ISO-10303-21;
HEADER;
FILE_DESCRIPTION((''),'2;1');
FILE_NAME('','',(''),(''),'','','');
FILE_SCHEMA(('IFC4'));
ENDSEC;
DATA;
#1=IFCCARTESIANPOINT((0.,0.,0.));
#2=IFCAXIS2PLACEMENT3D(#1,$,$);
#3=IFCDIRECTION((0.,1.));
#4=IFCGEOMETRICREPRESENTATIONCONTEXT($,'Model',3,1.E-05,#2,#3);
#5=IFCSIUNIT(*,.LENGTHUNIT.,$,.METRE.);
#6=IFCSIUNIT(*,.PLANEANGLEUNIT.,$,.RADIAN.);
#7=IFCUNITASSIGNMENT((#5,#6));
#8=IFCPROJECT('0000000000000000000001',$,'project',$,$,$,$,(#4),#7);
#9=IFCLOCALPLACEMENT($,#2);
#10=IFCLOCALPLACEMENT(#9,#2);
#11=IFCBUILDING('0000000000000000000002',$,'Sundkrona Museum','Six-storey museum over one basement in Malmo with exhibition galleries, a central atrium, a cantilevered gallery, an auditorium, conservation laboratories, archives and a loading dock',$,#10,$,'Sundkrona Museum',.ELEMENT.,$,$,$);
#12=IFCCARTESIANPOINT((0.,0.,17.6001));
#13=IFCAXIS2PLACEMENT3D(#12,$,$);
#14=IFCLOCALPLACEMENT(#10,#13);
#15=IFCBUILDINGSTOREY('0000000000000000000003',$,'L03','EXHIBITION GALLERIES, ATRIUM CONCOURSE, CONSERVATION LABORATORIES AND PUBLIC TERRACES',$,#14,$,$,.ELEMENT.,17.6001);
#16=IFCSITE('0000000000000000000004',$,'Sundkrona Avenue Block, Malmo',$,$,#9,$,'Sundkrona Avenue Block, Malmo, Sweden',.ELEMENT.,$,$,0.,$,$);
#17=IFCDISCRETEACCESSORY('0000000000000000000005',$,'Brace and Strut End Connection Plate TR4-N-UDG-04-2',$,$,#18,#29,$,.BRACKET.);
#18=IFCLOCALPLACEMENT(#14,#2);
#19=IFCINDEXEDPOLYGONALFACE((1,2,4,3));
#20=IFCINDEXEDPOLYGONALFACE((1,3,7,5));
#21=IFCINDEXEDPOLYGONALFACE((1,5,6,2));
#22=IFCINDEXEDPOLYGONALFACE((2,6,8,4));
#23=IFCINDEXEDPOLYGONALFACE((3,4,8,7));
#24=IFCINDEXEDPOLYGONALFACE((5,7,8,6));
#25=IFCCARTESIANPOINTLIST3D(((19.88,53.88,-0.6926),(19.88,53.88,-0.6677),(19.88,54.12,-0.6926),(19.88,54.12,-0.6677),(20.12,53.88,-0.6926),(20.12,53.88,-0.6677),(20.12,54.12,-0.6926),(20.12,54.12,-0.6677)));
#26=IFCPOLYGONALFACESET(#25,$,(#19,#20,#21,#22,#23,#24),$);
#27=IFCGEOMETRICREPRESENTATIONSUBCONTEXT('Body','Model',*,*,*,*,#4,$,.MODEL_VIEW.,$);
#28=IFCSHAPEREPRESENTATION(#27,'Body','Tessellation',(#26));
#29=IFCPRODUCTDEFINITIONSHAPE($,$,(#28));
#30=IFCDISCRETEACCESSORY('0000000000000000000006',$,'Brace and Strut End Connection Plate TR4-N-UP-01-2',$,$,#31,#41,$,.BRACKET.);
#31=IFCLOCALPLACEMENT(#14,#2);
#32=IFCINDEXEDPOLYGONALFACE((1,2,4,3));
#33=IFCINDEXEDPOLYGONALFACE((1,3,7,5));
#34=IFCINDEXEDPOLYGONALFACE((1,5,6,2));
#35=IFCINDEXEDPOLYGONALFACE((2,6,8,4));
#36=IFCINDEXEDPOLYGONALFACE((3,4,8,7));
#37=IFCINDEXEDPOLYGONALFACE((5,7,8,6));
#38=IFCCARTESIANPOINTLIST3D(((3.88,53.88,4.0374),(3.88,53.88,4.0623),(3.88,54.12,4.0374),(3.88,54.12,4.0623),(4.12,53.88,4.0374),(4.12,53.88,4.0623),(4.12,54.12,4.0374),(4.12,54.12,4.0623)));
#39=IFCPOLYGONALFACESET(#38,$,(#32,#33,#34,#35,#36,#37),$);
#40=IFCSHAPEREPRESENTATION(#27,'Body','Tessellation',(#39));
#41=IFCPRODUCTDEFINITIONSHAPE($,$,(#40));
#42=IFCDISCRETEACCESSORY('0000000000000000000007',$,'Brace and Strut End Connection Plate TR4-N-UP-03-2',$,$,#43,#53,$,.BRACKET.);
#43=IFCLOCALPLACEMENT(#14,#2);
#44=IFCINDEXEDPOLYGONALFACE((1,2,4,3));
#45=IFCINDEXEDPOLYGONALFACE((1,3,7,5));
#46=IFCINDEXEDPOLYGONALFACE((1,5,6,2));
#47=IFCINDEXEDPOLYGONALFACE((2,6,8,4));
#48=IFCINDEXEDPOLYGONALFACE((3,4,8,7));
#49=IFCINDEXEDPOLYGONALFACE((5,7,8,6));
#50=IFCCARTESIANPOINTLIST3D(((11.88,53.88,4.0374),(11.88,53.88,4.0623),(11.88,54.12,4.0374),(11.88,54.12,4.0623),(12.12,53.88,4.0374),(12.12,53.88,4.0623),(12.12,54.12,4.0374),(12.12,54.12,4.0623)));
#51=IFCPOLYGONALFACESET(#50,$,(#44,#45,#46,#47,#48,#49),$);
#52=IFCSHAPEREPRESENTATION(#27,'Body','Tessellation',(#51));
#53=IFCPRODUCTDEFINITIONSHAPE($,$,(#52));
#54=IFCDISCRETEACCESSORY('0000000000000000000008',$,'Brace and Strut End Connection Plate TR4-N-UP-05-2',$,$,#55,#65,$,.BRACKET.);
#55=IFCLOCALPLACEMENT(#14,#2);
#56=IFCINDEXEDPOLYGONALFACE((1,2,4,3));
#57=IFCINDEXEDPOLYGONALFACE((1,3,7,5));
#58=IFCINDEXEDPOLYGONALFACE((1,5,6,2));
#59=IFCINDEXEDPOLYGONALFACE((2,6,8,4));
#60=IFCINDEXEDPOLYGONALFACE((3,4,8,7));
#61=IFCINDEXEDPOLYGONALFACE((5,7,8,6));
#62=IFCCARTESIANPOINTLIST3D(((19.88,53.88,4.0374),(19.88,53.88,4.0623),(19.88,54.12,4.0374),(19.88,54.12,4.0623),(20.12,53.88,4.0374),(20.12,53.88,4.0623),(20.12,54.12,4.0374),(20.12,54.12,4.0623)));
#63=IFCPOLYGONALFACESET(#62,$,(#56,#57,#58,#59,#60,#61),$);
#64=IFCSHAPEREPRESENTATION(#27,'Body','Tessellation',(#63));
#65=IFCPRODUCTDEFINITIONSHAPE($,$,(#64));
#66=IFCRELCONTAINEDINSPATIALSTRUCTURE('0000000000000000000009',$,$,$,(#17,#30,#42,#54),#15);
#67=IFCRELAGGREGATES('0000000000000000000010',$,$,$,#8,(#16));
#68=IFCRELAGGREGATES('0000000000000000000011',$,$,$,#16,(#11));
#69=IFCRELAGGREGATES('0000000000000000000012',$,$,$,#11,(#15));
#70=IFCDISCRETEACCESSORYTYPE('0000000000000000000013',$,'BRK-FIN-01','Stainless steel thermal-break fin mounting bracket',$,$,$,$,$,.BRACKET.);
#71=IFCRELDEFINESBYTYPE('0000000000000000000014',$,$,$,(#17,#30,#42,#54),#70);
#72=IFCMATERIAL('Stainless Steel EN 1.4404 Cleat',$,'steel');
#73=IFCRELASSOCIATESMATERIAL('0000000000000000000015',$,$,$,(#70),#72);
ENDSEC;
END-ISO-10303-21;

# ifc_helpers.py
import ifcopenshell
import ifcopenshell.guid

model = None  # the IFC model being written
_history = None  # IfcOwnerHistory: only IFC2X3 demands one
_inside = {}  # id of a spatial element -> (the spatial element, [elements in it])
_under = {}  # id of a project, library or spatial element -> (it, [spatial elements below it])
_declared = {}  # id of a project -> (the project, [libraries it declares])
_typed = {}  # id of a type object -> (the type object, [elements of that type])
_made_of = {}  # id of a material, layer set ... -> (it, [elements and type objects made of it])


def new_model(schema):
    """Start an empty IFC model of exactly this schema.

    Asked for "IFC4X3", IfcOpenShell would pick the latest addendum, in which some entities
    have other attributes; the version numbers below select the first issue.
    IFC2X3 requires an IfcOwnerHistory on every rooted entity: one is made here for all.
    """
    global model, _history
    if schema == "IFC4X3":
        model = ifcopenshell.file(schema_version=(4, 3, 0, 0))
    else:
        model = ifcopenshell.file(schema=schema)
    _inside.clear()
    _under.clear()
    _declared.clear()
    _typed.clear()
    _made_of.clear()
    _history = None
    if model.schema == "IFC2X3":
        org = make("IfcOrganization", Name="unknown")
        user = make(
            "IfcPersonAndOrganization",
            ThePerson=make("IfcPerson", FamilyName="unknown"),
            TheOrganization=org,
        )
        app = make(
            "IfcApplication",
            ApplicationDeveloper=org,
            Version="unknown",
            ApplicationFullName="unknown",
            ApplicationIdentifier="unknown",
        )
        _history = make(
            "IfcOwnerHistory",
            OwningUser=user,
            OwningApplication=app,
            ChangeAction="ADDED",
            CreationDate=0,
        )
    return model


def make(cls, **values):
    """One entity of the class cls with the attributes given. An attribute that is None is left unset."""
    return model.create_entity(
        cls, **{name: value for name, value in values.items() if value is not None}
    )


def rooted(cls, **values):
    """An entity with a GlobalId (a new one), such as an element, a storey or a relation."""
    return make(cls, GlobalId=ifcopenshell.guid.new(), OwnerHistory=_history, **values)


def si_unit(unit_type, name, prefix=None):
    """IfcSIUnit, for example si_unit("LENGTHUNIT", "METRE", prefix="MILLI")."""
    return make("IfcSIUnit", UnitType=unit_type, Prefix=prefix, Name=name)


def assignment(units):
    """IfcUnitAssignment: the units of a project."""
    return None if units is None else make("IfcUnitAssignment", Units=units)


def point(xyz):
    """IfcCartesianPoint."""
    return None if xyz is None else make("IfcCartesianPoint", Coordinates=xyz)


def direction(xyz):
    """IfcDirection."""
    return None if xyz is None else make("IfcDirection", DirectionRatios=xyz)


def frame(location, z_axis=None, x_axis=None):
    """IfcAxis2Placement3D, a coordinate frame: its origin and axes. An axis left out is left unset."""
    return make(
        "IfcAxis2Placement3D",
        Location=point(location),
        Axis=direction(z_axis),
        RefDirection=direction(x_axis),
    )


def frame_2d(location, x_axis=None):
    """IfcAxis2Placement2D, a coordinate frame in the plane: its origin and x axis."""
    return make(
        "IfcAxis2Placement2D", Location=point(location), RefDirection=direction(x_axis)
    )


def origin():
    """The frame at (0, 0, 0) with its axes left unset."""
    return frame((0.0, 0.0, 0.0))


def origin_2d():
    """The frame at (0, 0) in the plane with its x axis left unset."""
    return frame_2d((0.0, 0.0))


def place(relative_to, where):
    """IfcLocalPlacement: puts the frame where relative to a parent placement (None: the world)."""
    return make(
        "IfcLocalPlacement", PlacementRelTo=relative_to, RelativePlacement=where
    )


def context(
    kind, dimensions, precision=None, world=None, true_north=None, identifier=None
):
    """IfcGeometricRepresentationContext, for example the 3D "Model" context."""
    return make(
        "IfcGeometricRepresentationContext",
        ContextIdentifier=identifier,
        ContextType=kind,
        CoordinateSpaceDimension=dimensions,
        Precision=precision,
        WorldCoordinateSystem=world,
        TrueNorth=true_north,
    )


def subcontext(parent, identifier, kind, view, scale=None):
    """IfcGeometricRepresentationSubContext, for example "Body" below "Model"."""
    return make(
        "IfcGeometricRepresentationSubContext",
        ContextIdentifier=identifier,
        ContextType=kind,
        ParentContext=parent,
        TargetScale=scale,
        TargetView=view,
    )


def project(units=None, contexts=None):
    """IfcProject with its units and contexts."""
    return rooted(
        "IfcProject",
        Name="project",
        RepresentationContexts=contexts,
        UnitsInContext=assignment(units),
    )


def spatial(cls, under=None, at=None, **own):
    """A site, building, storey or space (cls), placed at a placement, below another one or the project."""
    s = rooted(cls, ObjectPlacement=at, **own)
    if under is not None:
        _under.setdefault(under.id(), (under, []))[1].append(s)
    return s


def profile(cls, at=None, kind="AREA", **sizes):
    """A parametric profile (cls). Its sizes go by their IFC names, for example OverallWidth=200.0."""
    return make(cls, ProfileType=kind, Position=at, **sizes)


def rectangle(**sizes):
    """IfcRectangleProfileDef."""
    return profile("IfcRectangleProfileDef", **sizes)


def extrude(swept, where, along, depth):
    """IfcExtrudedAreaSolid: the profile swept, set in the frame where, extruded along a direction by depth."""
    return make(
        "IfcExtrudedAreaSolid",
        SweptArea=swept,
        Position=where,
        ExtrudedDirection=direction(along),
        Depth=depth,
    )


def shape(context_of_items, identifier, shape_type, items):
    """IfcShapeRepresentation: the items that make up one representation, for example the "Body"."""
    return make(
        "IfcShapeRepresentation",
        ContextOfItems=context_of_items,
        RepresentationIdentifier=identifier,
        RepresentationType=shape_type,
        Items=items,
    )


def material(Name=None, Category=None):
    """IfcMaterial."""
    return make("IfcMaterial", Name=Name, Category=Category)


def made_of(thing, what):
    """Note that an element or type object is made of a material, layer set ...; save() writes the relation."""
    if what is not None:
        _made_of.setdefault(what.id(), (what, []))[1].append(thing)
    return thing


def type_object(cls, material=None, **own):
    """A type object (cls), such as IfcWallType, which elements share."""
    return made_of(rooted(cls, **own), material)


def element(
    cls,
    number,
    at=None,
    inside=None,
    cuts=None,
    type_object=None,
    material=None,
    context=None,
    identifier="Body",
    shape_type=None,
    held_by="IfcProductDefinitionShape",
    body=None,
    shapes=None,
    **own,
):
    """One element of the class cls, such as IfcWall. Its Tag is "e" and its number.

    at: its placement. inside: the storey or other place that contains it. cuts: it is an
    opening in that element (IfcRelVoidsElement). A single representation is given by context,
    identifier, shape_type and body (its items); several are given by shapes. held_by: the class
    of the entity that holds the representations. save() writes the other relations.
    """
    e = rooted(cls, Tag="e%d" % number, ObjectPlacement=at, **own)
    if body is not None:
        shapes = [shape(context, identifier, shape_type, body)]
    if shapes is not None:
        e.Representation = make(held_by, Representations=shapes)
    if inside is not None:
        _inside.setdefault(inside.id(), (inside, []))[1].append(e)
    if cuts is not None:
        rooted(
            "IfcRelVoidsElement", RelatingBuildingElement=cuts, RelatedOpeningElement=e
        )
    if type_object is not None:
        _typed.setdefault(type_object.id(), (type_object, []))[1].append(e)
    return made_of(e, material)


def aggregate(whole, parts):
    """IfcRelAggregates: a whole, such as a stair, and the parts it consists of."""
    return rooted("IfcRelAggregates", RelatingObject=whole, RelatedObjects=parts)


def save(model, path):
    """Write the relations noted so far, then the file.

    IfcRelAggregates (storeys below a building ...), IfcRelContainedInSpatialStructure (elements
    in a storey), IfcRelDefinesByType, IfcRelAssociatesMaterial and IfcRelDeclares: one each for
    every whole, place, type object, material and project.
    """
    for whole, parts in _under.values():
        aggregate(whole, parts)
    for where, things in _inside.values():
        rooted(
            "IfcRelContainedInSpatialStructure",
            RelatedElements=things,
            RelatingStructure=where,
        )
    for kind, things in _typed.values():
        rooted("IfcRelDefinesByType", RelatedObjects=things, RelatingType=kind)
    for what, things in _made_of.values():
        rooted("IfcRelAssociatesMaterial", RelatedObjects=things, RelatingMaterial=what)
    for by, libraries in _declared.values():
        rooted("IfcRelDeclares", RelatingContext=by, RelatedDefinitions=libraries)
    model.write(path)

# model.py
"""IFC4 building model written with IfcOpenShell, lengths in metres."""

from ifc_helpers import new_model, si_unit, direction, frame, origin, origin_2d, place, context, subcontext, project, spatial, rectangle, extrude, material, type_object, element, save


model = new_model("IFC4")

# Units and contexts
model_context = context("Model", 3, precision=1e-05, world=origin(), true_north=direction((0.0, 1.0)))
body_context = subcontext(model_context, "Body", "Model", "MODEL_VIEW")
ifc_project = project(units=[si_unit("LENGTHUNIT", "METRE"), si_unit("PLANEANGLEUNIT", "RADIAN")], contexts=[model_context])

# Site, building, storey
site_placement = place(None, origin())
site = spatial("IfcSite", under=ifc_project, at=site_placement, Name="Sundkrona Avenue Block, Malmo", LongName="Sundkrona Avenue Block, Malmo, Sweden", CompositionType="ELEMENT", RefElevation=0.0)
building_placement = place(site_placement, origin())
building = spatial("IfcBuilding", under=site, at=building_placement, Name="Sundkrona Museum", Description="Six-storey museum over one basement in Malmo with exhibition galleries, a central atrium, a cantilevered gallery, an auditorium, conservation laboratories, archives and a loading dock", LongName="Sundkrona Museum", CompositionType="ELEMENT")
storey_placement = place(building_placement, frame((0.0, 0.0, 17.6001)))
storey = spatial("IfcBuildingStorey", under=building, at=storey_placement, Name="L03", Description="EXHIBITION GALLERIES, ATRIUM CONCOURSE, CONSERVATION LABORATORIES AND PUBLIC TERRACES", CompositionType="ELEMENT", Elevation=17.6001)

# Discrete accessories
ifc_material_1 = material(Name="Stainless Steel EN 1.4404 Cleat", Category="steel")
discrete_accessory_type = type_object("IfcDiscreteAccessoryType", Name="BRK-FIN-01", Description="Stainless steel thermal-break fin mounting bracket", PredefinedType="BRACKET", material=ifc_material_1)
for number, where, z_axis, x_axis, name in (
    (1, (20.0, 54.0, -0.6926), (0.0, 0.0, 1.0), (1.0, 0.0, 0.0), "Brace and Strut End Connection Plate TR4-N-UDG-04-2"),
    (2, (4.0, 54.0, 4.0374), (0.0, 0.0, 1.0), (1.0, 0.0, 0.0), "Brace and Strut End Connection Plate TR4-N-UP-01-2"),
    (3, (12.0, 54.0, 4.0374), (0.0, 0.0, 1.0), (1.0, 0.0, 0.0), "Brace and Strut End Connection Plate TR4-N-UP-03-2"),
    (4, (20.0, 54.0, 4.0374), (0.0, 0.0, 1.0), (1.0, 0.0, 0.0), "Brace and Strut End Connection Plate TR4-N-UP-05-2"),
):
    element("IfcDiscreteAccessory", number, at=place(storey_placement, frame(where, z_axis=z_axis, x_axis=x_axis)), inside=storey, type_object=discrete_accessory_type, Name=name, PredefinedType="BRACKET", context=body_context, shape_type="SweptSolid", body=[
        extrude(rectangle(XDim=0.24, YDim=0.24, at=origin_2d()), origin(), (0.0, 0.0, 1.0), 0.0249),
    ])

save(model, "model.ifc")
